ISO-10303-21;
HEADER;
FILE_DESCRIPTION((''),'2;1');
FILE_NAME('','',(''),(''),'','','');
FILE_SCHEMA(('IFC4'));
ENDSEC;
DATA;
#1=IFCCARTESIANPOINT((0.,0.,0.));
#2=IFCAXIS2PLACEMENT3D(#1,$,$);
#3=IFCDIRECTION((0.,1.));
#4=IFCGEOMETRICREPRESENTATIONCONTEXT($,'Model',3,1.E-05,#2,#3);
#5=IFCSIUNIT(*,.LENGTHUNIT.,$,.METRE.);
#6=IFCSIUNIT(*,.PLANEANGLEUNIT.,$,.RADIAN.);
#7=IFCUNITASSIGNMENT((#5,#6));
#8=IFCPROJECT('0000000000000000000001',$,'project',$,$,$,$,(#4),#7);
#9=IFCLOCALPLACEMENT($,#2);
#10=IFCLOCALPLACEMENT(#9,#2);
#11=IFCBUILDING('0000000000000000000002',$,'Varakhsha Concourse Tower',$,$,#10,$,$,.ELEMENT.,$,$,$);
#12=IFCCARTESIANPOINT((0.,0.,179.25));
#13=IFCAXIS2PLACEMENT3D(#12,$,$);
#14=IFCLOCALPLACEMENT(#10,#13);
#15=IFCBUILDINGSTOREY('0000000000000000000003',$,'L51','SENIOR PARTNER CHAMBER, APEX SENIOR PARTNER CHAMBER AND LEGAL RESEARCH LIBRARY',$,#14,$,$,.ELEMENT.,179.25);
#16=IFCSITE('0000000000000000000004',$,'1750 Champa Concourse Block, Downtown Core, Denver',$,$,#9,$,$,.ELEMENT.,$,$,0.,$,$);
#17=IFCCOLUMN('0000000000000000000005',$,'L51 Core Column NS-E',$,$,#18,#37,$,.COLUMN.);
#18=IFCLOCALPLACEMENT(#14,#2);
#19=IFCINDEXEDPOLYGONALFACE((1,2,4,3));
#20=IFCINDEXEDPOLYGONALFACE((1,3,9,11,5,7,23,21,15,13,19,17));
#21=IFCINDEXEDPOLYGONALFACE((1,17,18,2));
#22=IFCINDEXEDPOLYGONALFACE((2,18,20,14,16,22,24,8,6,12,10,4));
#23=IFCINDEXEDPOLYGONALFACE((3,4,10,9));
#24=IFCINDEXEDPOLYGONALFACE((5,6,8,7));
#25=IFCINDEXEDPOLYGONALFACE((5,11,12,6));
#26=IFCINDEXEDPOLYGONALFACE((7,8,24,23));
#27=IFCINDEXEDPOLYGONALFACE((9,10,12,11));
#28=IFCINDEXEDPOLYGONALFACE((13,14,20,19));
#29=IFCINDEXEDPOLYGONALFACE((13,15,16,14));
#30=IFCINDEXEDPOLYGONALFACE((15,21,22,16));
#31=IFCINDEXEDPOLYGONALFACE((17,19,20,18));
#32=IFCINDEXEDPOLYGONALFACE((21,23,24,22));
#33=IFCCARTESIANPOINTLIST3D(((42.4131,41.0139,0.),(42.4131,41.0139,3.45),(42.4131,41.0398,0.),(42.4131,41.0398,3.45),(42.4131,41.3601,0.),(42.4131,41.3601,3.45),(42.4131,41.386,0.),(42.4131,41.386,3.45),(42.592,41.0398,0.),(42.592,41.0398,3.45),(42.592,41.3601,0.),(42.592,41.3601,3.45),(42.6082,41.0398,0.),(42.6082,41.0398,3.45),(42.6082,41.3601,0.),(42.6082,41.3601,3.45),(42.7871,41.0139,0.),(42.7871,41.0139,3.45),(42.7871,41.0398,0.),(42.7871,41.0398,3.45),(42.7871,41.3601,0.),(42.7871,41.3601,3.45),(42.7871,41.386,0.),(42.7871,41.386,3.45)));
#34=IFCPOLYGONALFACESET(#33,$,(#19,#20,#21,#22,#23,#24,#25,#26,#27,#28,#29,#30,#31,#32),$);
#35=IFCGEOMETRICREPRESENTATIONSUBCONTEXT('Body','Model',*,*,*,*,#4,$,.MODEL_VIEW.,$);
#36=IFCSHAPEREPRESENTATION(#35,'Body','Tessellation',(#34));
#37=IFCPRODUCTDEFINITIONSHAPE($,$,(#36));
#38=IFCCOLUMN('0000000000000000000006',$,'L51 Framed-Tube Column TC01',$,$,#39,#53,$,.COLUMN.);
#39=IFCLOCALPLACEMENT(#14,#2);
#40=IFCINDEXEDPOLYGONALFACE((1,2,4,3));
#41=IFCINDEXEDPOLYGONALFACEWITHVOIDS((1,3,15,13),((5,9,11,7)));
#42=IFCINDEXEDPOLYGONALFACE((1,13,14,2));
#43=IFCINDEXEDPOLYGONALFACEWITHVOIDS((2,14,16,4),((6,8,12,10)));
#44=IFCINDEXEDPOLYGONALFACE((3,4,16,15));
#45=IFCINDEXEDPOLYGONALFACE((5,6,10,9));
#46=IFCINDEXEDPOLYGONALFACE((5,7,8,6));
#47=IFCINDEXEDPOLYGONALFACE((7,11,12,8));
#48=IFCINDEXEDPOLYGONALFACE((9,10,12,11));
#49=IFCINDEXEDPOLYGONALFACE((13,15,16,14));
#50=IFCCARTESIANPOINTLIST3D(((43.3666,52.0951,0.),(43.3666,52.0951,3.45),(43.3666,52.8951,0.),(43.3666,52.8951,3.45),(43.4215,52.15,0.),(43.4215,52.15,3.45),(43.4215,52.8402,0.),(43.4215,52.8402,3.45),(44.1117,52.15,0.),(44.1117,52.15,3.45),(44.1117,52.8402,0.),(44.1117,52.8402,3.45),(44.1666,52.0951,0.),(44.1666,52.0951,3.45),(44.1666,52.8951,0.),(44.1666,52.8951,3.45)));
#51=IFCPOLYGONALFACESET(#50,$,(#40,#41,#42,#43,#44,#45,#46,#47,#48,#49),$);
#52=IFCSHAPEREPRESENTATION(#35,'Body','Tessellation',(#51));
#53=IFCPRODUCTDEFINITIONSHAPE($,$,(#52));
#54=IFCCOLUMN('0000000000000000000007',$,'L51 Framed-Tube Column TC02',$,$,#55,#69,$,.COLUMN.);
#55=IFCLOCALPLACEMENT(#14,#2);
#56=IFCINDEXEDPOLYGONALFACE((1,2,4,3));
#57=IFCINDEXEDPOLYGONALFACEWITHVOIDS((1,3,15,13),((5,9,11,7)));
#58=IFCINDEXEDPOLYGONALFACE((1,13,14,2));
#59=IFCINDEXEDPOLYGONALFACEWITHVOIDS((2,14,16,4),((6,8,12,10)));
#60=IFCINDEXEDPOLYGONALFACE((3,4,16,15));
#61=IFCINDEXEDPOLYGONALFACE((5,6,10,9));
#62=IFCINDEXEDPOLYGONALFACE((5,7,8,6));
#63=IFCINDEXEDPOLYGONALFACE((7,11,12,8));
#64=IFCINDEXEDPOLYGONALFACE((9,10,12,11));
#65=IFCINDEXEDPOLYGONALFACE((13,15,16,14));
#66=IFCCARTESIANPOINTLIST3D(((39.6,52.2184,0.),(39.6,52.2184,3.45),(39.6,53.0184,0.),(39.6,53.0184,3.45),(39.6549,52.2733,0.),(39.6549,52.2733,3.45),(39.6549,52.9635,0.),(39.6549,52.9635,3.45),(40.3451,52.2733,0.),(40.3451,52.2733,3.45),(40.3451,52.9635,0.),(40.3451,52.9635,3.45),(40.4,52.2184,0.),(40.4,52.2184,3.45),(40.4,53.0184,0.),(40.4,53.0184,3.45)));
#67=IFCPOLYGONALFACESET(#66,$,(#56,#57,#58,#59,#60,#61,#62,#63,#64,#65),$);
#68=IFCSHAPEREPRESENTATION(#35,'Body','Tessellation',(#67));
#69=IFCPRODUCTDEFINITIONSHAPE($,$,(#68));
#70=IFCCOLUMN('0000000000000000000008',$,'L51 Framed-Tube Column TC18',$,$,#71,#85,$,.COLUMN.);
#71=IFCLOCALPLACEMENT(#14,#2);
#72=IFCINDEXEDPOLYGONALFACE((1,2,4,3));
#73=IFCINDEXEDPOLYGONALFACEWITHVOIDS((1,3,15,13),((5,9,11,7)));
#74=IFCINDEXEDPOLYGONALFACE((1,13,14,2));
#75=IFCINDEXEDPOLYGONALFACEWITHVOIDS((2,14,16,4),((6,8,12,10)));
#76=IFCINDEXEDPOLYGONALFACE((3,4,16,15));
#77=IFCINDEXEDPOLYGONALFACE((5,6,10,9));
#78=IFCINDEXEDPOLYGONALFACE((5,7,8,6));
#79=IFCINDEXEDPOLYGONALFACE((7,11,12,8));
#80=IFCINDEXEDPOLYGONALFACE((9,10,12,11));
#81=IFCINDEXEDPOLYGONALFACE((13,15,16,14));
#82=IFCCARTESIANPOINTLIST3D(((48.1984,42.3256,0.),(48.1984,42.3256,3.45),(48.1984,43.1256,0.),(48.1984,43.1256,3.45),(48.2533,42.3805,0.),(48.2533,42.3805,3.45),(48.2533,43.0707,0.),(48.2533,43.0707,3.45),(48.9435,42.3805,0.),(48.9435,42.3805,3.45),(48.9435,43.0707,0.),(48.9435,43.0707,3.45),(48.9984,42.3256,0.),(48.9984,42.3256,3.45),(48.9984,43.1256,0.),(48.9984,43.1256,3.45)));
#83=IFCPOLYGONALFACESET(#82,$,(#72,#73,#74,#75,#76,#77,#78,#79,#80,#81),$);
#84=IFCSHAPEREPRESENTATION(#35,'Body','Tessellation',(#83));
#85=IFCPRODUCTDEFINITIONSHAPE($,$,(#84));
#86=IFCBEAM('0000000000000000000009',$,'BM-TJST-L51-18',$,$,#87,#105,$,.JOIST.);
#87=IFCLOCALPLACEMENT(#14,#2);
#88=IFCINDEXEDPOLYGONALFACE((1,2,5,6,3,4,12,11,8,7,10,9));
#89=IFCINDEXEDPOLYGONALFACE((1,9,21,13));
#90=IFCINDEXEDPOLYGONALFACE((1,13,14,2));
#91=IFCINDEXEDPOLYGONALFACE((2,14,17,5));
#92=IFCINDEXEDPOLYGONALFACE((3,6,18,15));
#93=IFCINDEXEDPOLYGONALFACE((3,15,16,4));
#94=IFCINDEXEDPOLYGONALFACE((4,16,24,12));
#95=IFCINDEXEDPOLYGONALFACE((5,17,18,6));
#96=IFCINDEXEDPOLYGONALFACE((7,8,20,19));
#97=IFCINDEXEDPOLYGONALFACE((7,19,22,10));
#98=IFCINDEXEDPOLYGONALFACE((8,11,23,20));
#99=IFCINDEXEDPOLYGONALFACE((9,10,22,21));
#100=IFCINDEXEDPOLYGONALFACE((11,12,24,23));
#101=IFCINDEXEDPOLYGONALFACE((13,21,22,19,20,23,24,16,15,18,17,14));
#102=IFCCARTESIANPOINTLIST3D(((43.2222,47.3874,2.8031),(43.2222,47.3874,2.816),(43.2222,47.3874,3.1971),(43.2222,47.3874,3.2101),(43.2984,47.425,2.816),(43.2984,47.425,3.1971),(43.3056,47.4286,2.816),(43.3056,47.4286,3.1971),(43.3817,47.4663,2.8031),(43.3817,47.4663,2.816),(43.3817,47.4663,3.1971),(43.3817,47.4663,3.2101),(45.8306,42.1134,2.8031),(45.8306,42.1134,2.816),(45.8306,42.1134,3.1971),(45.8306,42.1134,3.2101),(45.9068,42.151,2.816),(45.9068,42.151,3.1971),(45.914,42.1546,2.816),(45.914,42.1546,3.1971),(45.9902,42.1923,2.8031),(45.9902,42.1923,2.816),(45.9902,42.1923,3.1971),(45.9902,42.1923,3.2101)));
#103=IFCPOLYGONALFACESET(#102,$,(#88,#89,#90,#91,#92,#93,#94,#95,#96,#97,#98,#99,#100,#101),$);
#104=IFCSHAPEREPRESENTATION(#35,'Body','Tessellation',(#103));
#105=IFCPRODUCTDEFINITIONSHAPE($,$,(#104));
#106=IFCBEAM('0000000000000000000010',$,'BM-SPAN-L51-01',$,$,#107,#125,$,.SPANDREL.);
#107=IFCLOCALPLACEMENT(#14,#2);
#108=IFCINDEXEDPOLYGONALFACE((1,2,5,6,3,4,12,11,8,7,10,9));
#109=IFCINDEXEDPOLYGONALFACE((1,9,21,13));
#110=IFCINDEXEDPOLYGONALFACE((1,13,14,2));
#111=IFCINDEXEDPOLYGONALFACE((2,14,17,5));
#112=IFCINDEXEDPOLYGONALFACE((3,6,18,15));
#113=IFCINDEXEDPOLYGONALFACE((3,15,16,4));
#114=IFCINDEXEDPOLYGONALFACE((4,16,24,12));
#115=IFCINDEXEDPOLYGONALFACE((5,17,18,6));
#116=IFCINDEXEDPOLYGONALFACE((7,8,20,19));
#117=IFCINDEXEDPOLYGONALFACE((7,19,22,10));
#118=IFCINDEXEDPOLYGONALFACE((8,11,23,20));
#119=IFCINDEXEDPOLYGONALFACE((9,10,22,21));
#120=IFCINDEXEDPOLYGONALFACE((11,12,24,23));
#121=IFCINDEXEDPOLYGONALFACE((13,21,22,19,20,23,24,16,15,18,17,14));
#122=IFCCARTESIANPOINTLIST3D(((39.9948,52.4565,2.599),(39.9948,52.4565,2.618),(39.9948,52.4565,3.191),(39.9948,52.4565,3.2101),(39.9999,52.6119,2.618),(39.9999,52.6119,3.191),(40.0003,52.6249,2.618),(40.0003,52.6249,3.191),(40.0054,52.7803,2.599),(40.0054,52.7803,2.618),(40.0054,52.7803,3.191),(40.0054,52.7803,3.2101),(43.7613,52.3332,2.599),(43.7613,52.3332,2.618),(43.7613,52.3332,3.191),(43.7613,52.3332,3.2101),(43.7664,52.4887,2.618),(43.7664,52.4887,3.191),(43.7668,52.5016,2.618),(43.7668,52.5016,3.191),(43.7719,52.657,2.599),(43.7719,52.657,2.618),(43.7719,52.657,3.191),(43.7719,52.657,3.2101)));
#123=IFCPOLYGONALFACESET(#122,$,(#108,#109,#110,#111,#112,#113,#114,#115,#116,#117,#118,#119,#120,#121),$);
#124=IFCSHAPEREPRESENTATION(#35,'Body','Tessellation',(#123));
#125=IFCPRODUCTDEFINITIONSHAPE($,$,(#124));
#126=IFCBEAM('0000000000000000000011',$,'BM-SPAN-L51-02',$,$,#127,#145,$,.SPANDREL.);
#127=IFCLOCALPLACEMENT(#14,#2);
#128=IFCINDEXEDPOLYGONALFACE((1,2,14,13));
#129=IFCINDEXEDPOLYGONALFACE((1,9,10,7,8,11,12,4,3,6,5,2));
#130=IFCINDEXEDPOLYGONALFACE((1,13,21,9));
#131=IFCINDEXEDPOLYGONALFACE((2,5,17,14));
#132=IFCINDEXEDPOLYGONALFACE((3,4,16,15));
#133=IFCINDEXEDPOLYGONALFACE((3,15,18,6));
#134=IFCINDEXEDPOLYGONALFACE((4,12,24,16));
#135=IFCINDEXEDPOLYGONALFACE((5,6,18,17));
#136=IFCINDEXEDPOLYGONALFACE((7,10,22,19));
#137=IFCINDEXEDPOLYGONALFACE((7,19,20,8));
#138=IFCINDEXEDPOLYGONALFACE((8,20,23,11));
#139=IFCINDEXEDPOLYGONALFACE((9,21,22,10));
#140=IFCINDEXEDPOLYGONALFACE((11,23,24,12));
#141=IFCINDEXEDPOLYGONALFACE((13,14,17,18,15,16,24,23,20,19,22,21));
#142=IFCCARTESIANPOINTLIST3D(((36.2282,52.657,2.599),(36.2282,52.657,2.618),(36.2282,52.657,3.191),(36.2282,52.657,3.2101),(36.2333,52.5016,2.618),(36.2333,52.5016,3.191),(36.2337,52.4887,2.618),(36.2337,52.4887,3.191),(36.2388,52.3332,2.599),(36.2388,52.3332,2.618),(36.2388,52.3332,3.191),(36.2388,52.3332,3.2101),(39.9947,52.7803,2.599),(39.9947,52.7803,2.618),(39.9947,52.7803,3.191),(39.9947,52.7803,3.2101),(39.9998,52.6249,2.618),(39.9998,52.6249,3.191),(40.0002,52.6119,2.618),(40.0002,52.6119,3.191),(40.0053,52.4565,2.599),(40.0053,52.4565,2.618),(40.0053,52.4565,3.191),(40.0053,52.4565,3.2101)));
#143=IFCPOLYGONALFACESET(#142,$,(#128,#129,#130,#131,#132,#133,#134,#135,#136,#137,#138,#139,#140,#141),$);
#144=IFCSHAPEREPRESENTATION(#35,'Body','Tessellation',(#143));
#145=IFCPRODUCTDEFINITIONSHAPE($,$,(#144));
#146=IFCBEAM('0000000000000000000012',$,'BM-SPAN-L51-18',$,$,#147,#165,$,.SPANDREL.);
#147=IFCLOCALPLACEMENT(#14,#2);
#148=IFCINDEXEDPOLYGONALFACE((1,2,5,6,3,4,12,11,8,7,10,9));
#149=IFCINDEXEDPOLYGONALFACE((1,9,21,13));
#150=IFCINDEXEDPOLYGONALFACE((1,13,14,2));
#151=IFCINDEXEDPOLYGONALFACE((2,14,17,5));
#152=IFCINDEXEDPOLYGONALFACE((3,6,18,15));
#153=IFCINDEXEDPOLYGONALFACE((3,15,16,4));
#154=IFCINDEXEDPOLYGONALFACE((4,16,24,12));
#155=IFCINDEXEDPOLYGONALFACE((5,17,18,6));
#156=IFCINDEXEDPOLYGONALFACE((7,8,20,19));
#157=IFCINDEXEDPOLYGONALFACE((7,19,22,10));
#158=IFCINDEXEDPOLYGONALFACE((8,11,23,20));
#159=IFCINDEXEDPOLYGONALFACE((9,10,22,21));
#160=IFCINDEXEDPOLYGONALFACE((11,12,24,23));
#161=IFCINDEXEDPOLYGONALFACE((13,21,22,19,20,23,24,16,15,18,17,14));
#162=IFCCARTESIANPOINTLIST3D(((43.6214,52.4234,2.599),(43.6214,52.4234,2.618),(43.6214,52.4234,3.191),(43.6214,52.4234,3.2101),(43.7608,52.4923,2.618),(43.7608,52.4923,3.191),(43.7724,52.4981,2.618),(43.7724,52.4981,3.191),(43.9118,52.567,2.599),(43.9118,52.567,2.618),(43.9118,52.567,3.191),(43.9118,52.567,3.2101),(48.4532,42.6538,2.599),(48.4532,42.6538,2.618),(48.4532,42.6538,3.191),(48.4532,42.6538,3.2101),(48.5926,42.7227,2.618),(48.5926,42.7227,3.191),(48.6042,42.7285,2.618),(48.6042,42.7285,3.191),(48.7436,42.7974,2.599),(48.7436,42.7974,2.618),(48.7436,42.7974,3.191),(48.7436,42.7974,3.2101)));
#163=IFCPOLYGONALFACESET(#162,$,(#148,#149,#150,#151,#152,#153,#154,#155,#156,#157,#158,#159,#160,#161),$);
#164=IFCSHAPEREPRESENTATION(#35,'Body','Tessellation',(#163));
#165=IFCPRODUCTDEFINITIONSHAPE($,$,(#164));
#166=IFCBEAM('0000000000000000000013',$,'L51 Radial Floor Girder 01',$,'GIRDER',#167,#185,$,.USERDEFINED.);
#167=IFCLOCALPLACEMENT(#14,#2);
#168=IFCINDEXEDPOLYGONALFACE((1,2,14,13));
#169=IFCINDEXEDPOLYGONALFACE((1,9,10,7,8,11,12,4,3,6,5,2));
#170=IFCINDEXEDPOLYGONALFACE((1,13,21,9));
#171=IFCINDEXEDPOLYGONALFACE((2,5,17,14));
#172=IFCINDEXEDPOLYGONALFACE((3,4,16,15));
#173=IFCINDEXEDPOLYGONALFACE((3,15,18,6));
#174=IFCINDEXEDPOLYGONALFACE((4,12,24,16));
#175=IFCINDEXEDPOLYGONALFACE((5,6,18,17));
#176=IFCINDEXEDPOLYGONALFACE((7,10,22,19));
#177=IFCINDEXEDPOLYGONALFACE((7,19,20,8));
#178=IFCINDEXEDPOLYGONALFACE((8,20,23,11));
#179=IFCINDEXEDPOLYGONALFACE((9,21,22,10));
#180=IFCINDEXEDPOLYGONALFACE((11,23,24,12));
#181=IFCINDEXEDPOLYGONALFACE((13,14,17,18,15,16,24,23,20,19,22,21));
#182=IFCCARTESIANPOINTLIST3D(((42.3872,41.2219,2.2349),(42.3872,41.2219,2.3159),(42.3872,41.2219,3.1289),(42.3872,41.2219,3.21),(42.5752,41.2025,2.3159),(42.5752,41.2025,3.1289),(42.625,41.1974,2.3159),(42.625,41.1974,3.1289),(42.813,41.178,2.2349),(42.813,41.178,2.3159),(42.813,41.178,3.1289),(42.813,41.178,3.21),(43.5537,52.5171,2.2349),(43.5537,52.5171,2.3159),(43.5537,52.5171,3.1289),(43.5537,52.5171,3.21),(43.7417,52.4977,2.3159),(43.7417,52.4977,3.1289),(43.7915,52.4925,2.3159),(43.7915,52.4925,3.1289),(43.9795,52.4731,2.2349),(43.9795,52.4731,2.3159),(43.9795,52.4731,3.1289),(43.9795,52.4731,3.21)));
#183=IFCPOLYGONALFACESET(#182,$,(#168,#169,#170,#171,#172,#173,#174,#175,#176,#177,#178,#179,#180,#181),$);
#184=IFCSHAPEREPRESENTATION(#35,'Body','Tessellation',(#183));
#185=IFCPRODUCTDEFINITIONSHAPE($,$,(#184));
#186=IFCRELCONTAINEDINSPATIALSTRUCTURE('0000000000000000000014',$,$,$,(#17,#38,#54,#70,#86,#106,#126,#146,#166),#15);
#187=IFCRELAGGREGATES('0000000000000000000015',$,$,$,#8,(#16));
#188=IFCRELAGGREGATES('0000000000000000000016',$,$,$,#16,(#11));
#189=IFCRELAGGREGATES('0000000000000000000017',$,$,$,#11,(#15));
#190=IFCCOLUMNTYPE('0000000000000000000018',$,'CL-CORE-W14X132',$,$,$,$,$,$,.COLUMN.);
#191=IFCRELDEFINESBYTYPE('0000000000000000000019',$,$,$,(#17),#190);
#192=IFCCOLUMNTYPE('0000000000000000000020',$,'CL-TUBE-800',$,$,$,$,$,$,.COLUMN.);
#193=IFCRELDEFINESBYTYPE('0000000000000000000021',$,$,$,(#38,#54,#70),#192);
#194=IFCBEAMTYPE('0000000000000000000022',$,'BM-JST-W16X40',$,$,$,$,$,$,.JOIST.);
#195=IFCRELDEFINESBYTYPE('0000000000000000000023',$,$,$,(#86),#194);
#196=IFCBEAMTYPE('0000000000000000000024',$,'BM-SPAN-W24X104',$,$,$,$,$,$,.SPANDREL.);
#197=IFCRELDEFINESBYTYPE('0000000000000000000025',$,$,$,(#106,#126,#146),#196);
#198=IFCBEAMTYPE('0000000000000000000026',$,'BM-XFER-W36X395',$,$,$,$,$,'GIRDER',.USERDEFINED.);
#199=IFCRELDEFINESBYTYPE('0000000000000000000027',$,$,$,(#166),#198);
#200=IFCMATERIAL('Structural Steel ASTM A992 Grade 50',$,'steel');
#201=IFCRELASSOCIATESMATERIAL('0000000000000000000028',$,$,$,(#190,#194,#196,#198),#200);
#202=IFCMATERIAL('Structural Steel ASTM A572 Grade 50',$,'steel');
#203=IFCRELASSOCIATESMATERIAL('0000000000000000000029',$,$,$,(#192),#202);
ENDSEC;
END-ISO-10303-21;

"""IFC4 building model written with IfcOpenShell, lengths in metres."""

from ifc_helpers import new_model, si_unit, direction, frame, origin, origin_2d, place, context, subcontext, project, spatial, hollow_rectangle, i_section, extrude, material, material_profile, profile_set, type_object, element, save


model = new_model("IFC4")

# Units and contexts
model_context = context("Model", 3, precision=1e-05, world=origin(), true_north=direction((0.0, 1.0)))
body_context = subcontext(model_context, "Body", "Model", "MODEL_VIEW")
ifc_project = project(units=[si_unit("LENGTHUNIT", "METRE"), si_unit("PLANEANGLEUNIT", "RADIAN")], contexts=[model_context])

# Site, building, storey
site_placement = place(None, origin())
site = spatial("IfcSite", under=ifc_project, at=site_placement, Name="1750 Champa Concourse Block, Downtown Core, Denver", CompositionType="ELEMENT", RefElevation=0.0)
building_placement = place(site_placement, origin())
building = spatial("IfcBuilding", under=site, at=building_placement, Name="Varakhsha Concourse Tower", CompositionType="ELEMENT")
storey_placement = place(building_placement, frame((0.0, 0.0, 179.25)))
storey = spatial("IfcBuildingStorey", under=building, at=storey_placement, Name="L51", Description="SENIOR PARTNER CHAMBER, APEX SENIOR PARTNER CHAMBER AND LEGAL RESEARCH LIBRARY", CompositionType="ELEMENT", Elevation=179.25)

# Columns
ifc_material_1 = material(Name="Structural Steel ASTM A992 Grade 50", Category="steel")
ifc_material_profile_1 = material_profile(ifc_material_1, i_section(OverallWidth=0.374, OverallDepth=0.3721, WebThickness=0.0161, FlangeThickness=0.0259, at=origin_2d()), Name="W14X132")
ifc_profile_set_1 = profile_set([ifc_material_profile_1], Name="Structural Steel ASTM A992 Grade 50")
column_type_1 = type_object("IfcColumnType", Name="CL-CORE-W14X132", PredefinedType="COLUMN", material=ifc_profile_set_1)
column_placement = place(storey_placement, frame((42.6001, 41.2, 0.0), z_axis=(0.0, 0.0, 1.0), x_axis=(1.0, 0.0, 0.0)))
element("IfcColumn", 1, at=column_placement, inside=storey, type_object=column_type_1, Name="L51 Core Column NS-E", PredefinedType="COLUMN", context=body_context, shape_type="SweptSolid", body=[
    extrude(i_section(OverallWidth=0.374, OverallDepth=0.3721, WebThickness=0.0161, FlangeThickness=0.0259, at=origin_2d()), origin(), (0.0, 0.0, 1.0), 3.45),
])
ifc_material_2 = material(Name="Structural Steel ASTM A572 Grade 50", Category="steel")
ifc_material_profile_2 = material_profile(ifc_material_2, hollow_rectangle(XDim=0.8, YDim=0.8, WallThickness=0.0549, at=origin_2d()), Name="BOX 800x800x55")
ifc_profile_set_2 = profile_set([ifc_material_profile_2], Name="Structural Steel ASTM A572 Grade 50")
column_type_2 = type_object("IfcColumnType", Name="CL-TUBE-800", PredefinedType="COLUMN", material=ifc_profile_set_2)
for number, where, z_axis, x_axis, name in (
    (2, (43.7666, 52.4951, 0.0), (0.0, 0.0, 1.0), (1.0, 0.0, 0.0), "L51 Framed-Tube Column TC01"),
    (3, (40.0, 52.6184, 0.0), (0.0, 0.0, 1.0), (1.0, 0.0, 0.0), "L51 Framed-Tube Column TC02"),
    (4, (48.5984, 42.7256, 0.0), (0.0, 0.0, 1.0), (1.0, 0.0, 0.0), "L51 Framed-Tube Column TC18"),
):
    element("IfcColumn", number, at=place(storey_placement, frame(where, z_axis=z_axis, x_axis=x_axis)), inside=storey, type_object=column_type_2, Name=name, PredefinedType="COLUMN", context=body_context, shape_type="SweptSolid", body=[
        extrude(hollow_rectangle(XDim=0.8, YDim=0.8, WallThickness=0.0549, at=origin_2d()), origin(), (0.0, 0.0, 1.0), 3.45),
    ])

# Beams
ifc_material_profile_3 = material_profile(ifc_material_1, i_section(OverallWidth=0.178, OverallDepth=0.407, WebThickness=0.0081, FlangeThickness=0.0129, at=origin_2d()), Name="W16X40")
ifc_profile_set_3 = profile_set([ifc_material_profile_3], Name="Structural Steel ASTM A992 Grade 50")
beam_type_1 = type_object("IfcBeamType", Name="BM-JST-W16X40", PredefinedType="JOIST", material=ifc_profile_set_3)
beam_1_placement = place(storey_placement, frame((45.9104, 42.1528, 3.0066), z_axis=(-0.443326, 0.896361, 0.0), x_axis=(-0.896361, -0.443326, 0.0)))
element("IfcBeam", 5, at=beam_1_placement, inside=storey, type_object=beam_type_1, Name="BM-TJST-L51-18", PredefinedType="JOIST", context=body_context, shape_type="SweptSolid", body=[
    extrude(i_section(OverallWidth=0.178, OverallDepth=0.407, WebThickness=0.0081, FlangeThickness=0.0129, at=origin_2d()), origin(), (0.0, 0.0, 1.0), 5.8838),
])
ifc_material_profile_4 = material_profile(ifc_material_1, i_section(OverallWidth=0.324, OverallDepth=0.6111, WebThickness=0.0129, FlangeThickness=0.019, at=origin_2d()), Name="W24X104")
ifc_profile_set_4 = profile_set([ifc_material_profile_4], Name="Structural Steel ASTM A992 Grade 50")
beam_type_2 = type_object("IfcBeamType", Name="BM-SPAN-W24X104", PredefinedType="SPANDREL", material=ifc_profile_set_4)
for number, where, z_axis, x_axis, name in (
    (6, (43.7666, 52.4951, 2.9045), (-0.999465, 0.032715, 0.0), (-0.032715, -0.999465, 0.0), "BM-SPAN-L51-01"),
    (7, (40.0, 52.6184, 2.9045), (-0.999465, -0.032715, 0.0), (0.032715, -0.999465, 0.0), "BM-SPAN-L51-02"),
):
    element("IfcBeam", number, at=place(storey_placement, frame(where, z_axis=z_axis, x_axis=x_axis)), inside=storey, type_object=beam_type_2, Name=name, PredefinedType="SPANDREL", context=body_context, shape_type="SweptSolid", body=[
        extrude(i_section(OverallWidth=0.324, OverallDepth=0.6111, WebThickness=0.0129, FlangeThickness=0.019, at=origin_2d()), origin(), (0.0, 0.0, 1.0), 3.7686),
    ])
beam_2_placement = place(storey_placement, frame((48.5984, 42.7256, 2.9045), z_axis=(-0.443321, 0.896363, 0.0), x_axis=(-0.896363, -0.443321, 0.0)))
element("IfcBeam", 8, at=beam_2_placement, inside=storey, type_object=beam_type_2, Name="BM-SPAN-L51-18", PredefinedType="SPANDREL", context=body_context, shape_type="SweptSolid", body=[
    extrude(i_section(OverallWidth=0.324, OverallDepth=0.6111, WebThickness=0.0129, FlangeThickness=0.019, at=origin_2d()), origin(), (0.0, 0.0, 1.0), 10.8992),
])
ifc_material_profile_5 = material_profile(ifc_material_1, i_section(OverallWidth=0.428, OverallDepth=0.9751, WebThickness=0.05, FlangeThickness=0.0811, at=origin_2d()), Name="W36X395")
ifc_profile_set_5 = profile_set([ifc_material_profile_5], Name="Structural Steel ASTM A992 Grade 50")
beam_type_3 = type_object("IfcBeamType", Name="BM-XFER-W36X395", ElementType="GIRDER", PredefinedType="USERDEFINED", material=ifc_profile_set_5)
beam_3_placement = place(storey_placement, frame((42.6001, 41.2, 2.7224), z_axis=(0.102728, 0.994709, 0.0), x_axis=(-0.994709, 0.102728, 0.0)))
element("IfcBeam", 9, at=beam_3_placement, inside=storey, type_object=beam_type_3, Name="L51 Radial Floor Girder 01", ObjectType="GIRDER", PredefinedType="USERDEFINED", context=body_context, shape_type="SweptSolid", body=[
    extrude(i_section(OverallWidth=0.428, OverallDepth=0.9751, WebThickness=0.05, FlangeThickness=0.0811, at=origin_2d()), origin(), (0.0, 0.0, 1.0), 11.3552),
])

save(model, "model.ifc")
